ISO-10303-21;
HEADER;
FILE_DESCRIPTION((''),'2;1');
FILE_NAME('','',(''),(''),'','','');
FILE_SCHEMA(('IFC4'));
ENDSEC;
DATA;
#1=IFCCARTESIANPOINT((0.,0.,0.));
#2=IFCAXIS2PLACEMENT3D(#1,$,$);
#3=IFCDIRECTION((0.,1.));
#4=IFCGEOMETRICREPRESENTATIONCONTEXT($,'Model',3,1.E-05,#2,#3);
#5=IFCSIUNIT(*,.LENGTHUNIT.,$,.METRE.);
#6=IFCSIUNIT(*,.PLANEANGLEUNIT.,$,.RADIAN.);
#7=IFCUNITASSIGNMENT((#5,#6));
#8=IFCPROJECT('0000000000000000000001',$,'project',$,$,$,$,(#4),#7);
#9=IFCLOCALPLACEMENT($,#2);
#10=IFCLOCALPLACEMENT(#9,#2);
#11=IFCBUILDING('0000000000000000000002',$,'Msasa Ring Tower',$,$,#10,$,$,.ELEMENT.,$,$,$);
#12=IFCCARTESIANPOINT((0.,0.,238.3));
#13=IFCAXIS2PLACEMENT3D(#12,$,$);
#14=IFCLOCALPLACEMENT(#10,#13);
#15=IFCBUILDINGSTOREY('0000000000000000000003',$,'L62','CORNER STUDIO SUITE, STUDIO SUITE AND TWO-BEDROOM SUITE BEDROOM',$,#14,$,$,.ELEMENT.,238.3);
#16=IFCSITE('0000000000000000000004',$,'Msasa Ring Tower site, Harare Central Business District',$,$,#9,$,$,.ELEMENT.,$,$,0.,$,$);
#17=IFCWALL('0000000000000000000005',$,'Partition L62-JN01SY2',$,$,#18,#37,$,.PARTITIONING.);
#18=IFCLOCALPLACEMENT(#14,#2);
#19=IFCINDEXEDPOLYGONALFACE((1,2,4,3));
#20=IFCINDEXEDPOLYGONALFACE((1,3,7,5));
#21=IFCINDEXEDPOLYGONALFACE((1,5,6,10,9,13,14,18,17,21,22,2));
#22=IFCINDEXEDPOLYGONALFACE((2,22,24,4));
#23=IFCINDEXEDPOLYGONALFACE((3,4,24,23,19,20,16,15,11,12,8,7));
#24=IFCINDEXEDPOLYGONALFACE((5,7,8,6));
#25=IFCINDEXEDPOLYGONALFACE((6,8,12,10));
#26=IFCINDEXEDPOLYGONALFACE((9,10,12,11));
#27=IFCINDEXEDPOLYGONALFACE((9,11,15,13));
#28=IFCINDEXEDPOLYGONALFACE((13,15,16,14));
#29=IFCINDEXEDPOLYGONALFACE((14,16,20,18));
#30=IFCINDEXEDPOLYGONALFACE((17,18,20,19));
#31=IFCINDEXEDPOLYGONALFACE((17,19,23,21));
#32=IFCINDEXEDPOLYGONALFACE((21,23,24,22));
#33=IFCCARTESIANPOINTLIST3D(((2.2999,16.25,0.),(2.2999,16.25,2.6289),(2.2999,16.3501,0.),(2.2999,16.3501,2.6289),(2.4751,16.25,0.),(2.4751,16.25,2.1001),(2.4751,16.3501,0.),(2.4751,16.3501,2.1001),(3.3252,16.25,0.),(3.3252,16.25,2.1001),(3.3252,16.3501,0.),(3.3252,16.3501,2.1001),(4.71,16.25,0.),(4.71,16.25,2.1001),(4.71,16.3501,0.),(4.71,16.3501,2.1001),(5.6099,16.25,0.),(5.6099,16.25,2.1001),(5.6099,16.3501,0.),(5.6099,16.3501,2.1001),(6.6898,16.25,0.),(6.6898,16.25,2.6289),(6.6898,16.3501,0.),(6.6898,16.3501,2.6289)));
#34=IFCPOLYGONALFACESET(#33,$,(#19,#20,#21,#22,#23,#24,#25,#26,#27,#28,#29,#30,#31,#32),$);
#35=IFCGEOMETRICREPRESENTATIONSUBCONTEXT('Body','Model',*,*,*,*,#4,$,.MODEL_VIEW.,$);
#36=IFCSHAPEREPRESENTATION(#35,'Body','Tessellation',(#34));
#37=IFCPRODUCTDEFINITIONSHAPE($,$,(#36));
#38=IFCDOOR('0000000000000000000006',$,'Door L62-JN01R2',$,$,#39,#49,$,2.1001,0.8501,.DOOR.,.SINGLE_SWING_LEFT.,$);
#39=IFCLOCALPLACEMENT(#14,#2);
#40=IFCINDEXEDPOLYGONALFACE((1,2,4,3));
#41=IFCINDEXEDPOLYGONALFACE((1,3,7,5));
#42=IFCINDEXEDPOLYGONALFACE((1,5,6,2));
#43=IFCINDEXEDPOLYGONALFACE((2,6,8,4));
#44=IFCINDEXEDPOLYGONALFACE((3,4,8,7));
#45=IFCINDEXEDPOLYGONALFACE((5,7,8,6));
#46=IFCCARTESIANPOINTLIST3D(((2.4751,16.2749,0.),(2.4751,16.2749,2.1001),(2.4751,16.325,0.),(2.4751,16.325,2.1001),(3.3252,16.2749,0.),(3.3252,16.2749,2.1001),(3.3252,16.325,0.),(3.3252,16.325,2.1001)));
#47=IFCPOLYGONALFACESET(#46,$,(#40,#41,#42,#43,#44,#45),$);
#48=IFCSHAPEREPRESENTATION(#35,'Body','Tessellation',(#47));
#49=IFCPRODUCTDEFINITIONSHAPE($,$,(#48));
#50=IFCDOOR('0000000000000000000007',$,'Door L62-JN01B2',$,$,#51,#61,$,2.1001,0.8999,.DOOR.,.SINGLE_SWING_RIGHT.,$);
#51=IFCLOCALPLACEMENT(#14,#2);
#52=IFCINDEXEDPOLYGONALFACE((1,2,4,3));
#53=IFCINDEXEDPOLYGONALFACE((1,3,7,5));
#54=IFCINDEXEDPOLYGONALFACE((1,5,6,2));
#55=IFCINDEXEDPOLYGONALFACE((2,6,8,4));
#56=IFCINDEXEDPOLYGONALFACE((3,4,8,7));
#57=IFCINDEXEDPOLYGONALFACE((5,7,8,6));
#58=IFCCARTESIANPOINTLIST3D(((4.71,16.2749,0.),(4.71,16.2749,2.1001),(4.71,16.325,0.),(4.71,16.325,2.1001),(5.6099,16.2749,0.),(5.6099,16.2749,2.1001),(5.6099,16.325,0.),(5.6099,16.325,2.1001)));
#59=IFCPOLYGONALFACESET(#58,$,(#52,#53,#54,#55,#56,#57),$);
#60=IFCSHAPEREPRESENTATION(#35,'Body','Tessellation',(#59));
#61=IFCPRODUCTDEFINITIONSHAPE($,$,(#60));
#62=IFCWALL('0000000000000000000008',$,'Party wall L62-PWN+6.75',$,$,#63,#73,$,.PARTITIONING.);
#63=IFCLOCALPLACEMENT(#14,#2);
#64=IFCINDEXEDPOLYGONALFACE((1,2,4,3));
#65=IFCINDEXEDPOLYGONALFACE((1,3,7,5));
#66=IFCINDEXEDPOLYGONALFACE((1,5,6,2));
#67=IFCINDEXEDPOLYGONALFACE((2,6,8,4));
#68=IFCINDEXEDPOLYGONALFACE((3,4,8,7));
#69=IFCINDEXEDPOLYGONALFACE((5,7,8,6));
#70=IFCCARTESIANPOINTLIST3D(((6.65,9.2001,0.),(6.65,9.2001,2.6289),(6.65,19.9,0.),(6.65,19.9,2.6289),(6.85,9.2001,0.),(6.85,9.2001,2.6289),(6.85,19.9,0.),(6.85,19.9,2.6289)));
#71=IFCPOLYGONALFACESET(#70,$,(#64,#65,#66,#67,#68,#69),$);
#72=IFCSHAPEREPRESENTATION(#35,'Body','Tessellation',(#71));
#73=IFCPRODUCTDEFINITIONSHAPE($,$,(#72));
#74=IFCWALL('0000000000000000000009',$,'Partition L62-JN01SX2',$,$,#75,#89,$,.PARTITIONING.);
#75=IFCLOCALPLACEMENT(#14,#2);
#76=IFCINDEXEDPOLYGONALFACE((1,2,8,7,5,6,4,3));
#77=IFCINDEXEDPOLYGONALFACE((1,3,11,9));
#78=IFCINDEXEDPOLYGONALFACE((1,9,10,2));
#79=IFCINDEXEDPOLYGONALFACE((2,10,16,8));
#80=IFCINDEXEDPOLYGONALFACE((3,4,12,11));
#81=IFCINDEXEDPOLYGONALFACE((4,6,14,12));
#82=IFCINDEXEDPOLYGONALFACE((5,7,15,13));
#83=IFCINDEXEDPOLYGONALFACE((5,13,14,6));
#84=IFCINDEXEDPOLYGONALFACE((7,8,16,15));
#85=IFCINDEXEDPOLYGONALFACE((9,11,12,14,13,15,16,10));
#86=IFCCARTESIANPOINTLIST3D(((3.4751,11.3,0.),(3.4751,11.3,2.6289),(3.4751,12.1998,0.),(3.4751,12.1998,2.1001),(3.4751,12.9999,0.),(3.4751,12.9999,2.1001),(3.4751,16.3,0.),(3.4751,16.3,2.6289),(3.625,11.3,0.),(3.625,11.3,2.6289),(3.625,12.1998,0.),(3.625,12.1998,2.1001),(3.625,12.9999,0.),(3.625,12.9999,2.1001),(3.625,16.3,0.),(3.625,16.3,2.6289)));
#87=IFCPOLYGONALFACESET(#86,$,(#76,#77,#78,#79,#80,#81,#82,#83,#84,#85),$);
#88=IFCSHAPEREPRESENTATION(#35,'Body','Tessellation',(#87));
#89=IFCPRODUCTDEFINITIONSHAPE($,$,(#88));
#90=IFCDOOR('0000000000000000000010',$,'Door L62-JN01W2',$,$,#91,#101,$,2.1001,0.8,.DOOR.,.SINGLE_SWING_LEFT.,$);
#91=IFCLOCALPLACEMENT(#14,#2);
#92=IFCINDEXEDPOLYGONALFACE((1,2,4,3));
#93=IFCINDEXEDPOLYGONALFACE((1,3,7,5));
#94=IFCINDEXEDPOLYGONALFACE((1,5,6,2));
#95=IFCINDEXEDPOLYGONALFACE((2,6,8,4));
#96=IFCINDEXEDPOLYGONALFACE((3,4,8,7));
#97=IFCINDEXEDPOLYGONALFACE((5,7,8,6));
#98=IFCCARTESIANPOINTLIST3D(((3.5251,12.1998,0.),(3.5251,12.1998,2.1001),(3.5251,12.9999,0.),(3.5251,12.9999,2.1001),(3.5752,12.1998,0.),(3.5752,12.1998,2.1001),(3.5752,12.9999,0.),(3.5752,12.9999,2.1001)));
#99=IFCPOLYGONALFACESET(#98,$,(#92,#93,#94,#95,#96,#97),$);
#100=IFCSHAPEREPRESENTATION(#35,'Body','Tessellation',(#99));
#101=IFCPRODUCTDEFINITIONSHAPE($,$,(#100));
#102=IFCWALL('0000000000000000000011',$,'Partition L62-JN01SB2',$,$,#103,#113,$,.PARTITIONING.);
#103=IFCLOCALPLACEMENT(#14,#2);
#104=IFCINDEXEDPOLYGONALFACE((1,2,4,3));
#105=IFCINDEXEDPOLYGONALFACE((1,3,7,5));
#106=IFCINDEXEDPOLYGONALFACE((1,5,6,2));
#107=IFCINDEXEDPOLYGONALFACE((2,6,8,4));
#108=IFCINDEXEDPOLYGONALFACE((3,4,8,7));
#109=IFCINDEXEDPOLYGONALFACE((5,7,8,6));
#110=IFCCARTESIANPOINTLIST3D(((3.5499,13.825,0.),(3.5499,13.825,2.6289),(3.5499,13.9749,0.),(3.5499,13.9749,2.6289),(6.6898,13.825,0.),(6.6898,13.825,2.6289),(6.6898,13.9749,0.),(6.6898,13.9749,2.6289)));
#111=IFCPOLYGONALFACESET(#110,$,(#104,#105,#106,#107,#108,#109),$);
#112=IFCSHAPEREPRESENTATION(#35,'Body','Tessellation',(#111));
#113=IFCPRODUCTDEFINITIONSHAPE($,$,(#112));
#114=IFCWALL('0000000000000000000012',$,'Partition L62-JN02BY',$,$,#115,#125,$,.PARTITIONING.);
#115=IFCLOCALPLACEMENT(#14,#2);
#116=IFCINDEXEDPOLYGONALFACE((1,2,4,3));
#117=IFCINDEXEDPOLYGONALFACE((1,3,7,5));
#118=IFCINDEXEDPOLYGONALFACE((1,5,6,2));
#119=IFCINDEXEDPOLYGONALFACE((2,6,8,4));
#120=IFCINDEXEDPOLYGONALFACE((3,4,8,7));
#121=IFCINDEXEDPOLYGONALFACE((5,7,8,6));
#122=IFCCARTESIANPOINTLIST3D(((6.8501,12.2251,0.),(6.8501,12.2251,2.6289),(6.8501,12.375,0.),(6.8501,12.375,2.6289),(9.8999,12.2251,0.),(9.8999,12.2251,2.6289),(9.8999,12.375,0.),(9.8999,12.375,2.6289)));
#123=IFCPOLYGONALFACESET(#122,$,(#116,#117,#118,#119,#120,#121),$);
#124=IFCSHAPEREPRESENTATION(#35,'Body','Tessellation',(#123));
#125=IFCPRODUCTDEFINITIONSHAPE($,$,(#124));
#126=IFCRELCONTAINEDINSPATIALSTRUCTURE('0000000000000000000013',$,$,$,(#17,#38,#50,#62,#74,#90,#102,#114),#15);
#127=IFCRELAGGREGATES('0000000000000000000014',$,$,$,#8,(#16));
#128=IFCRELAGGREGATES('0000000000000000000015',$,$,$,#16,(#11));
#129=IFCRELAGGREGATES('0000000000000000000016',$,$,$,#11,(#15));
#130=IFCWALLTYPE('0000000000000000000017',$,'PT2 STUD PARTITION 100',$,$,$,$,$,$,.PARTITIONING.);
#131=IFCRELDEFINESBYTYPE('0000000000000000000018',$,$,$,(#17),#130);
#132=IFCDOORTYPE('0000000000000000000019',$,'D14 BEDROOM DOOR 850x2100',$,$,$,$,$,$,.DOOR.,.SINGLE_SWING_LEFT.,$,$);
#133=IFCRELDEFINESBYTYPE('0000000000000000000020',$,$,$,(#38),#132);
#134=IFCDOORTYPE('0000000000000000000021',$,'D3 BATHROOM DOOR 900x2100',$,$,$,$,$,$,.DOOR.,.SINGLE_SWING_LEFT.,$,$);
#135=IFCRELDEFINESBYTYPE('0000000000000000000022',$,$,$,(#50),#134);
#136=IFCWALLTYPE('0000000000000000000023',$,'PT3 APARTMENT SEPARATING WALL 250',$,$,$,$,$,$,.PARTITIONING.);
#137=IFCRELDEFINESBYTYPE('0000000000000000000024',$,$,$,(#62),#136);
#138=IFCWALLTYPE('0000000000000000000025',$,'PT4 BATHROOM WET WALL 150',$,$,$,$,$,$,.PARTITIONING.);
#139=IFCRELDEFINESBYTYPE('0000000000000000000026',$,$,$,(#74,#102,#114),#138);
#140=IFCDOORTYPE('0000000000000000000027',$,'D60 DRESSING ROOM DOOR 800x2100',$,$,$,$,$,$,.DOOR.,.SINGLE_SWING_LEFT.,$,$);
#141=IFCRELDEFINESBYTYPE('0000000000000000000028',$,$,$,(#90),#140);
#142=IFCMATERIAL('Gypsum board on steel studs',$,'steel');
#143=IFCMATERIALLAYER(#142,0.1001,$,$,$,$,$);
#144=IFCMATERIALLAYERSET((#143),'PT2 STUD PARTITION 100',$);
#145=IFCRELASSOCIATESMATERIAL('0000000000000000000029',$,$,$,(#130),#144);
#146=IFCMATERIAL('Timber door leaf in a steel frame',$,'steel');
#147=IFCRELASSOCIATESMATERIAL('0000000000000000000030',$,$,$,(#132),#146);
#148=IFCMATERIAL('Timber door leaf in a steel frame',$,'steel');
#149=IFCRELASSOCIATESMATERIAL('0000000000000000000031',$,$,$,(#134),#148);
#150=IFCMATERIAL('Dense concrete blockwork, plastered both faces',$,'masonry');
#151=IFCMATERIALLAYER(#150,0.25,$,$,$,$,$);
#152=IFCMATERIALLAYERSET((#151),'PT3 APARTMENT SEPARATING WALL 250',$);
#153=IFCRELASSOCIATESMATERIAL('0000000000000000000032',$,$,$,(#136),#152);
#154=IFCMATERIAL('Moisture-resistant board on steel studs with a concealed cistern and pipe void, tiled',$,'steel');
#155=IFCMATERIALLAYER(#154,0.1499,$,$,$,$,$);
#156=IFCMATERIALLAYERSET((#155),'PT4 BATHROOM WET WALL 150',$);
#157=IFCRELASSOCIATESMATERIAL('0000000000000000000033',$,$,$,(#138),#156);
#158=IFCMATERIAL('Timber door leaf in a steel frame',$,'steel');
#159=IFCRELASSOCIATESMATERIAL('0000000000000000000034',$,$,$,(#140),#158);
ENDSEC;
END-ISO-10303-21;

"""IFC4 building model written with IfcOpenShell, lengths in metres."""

from ifc_helpers import new_model, si_unit, direction, frame, frame_2d, origin, place, context, subcontext, project, spatial, rectangle, extrude, material, layer, layer_set, type_object, element, fill, save


model = new_model("IFC4")

# Units and contexts
model_context = context("Model", 3, precision=1e-05, world=origin(), true_north=direction((0.0, 1.0)))
body_context = subcontext(model_context, "Body", "Model", "MODEL_VIEW")
ifc_project = project(units=[si_unit("LENGTHUNIT", "METRE"), si_unit("PLANEANGLEUNIT", "RADIAN")], contexts=[model_context])

# Site, building, storey
site_placement = place(None, origin())
site = spatial("IfcSite", under=ifc_project, at=site_placement, Name="Msasa Ring Tower site, Harare Central Business District", CompositionType="ELEMENT", RefElevation=0.0)
building_placement = place(site_placement, origin())
building = spatial("IfcBuilding", under=site, at=building_placement, Name="Msasa Ring Tower", CompositionType="ELEMENT")
storey_placement = place(building_placement, frame((0.0, 0.0, 238.3)))
storey = spatial("IfcBuildingStorey", under=building, at=storey_placement, Name="L62", Description="CORNER STUDIO SUITE, STUDIO SUITE AND TWO-BEDROOM SUITE BEDROOM", CompositionType="ELEMENT", Elevation=238.3)

# Shared definitions
ifc_material_1 = material(Name="Gypsum board on steel studs", Category="steel")
ifc_layer_1 = layer(ifc_material_1, 0.1001)
ifc_layer_set_1 = layer_set([ifc_layer_1], Name="PT2 STUD PARTITION 100")
wall_type_1 = type_object("IfcWallType", Name="PT2 STUD PARTITION 100", PredefinedType="PARTITIONING", material=ifc_layer_set_1)

# Wall, openings, doors
wall_1_placement = place(storey_placement, frame((2.3, 16.3, 0.0), z_axis=(0.0, 0.0, 1.0), x_axis=(1.0, 0.0, 0.0)))
wall_1 = element("IfcWall", 1, at=wall_1_placement, inside=storey, type_object=wall_type_1, Name="Partition L62-JN01SY2", PredefinedType="PARTITIONING", context=body_context, shape_type="SweptSolid", body=[
    extrude(rectangle(XDim=4.3899, YDim=0.1001, at=frame_2d((2.1948, 0.0))), origin(), (0.0, 0.0, 1.0), 2.6289),
])
opening_1_placement = place(wall_1_placement, frame((0.175, 0.0, 0.0)))
opening_1 = element("IfcOpeningElement", 2, at=opening_1_placement, cuts=wall_1, PredefinedType="OPENING", context=body_context, shape_type="SweptSolid", body=[
    extrude(rectangle(XDim=0.8501, YDim=2.1001, at=frame_2d((0.425, 1.05))), frame((0.0, 0.0601, 0.0), z_axis=(0.0, -1.0, 0.0), x_axis=(1.0, 0.0, 0.0)), (0.0, 0.0, 1.0), 0.1201),
])
opening_2_placement = place(wall_1_placement, frame((2.4099, 0.0, 0.0)))
opening_2 = element("IfcOpeningElement", 3, at=opening_2_placement, cuts=wall_1, PredefinedType="OPENING", context=body_context, shape_type="SweptSolid", body=[
    extrude(rectangle(XDim=0.8999, YDim=2.1001, at=frame_2d((0.45, 1.05))), frame((0.0, 0.0601, 0.0), z_axis=(0.0, -1.0, 0.0), x_axis=(1.0, 0.0, 0.0)), (0.0, 0.0, 1.0), 0.1201),
])
ifc_material_2 = material(Name="Timber door leaf in a steel frame", Category="steel")
door_type_1 = type_object("IfcDoorType", Name="D14 BEDROOM DOOR 850x2100", OperationType="SINGLE_SWING_LEFT", PredefinedType="DOOR", material=ifc_material_2)
door_1_placement = place(opening_1_placement, origin())
door_1 = element("IfcDoor", 4, at=door_1_placement, inside=storey, type_object=door_type_1, Name="Door L62-JN01R2", OperationType="SINGLE_SWING_LEFT", OverallHeight=2.1001, OverallWidth=0.8501, PredefinedType="DOOR", context=body_context, shape_type="SweptSolid", body=[
    extrude(rectangle(XDim=0.8501, YDim=2.1001, at=frame_2d((0.425, 1.05))), frame((0.0, 0.0249, 0.0), z_axis=(0.0, -1.0, 0.0), x_axis=(1.0, 0.0, 0.0)), (0.0, 0.0, 1.0), 0.05),
])
fill(opening_1, door_1)
ifc_material_3 = material(Name="Timber door leaf in a steel frame", Category="steel")
door_type_2 = type_object("IfcDoorType", Name="D3 BATHROOM DOOR 900x2100", OperationType="SINGLE_SWING_LEFT", PredefinedType="DOOR", material=ifc_material_3)
door_2_placement = place(opening_2_placement, origin())
door_2 = element("IfcDoor", 5, at=door_2_placement, inside=storey, type_object=door_type_2, Name="Door L62-JN01B2", OperationType="SINGLE_SWING_RIGHT", OverallHeight=2.1001, OverallWidth=0.8999, PredefinedType="DOOR", context=body_context, shape_type="SweptSolid", body=[
    extrude(rectangle(XDim=0.8999, YDim=2.1001, at=frame_2d((0.45, 1.05))), frame((0.0, 0.0249, 0.0), z_axis=(0.0, -1.0, 0.0), x_axis=(1.0, 0.0, 0.0)), (0.0, 0.0, 1.0), 0.05),
])
fill(opening_2, door_2)

# Wall
ifc_material_4 = material(Name="Dense concrete blockwork, plastered both faces", Category="masonry")
ifc_layer_2 = layer(ifc_material_4, 0.25)
ifc_layer_set_2 = layer_set([ifc_layer_2], Name="PT3 APARTMENT SEPARATING WALL 250")
wall_type_2 = type_object("IfcWallType", Name="PT3 APARTMENT SEPARATING WALL 250", PredefinedType="PARTITIONING", material=ifc_layer_set_2)
wall_2_placement = place(storey_placement, frame((6.75, 9.2, 0.0), z_axis=(0.0, 0.0, 1.0), x_axis=(0.0, 1.0, 0.0)))
element("IfcWall", 6, at=wall_2_placement, inside=storey, type_object=wall_type_2, Name="Party wall L62-PWN+6.75", PredefinedType="PARTITIONING", context=body_context, shape_type="SweptSolid", body=[
    extrude(rectangle(XDim=10.7, YDim=0.2, at=frame_2d((5.3501, 0.0))), origin(), (0.0, 0.0, 1.0), 2.6289),
])

# Wall, opening, door
ifc_material_5 = material(Name="Moisture-resistant board on steel studs with a concealed cistern and pipe void, tiled", Category="steel")
ifc_layer_3 = layer(ifc_material_5, 0.1499)
ifc_layer_set_3 = layer_set([ifc_layer_3], Name="PT4 BATHROOM WET WALL 150")
wall_type_3 = type_object("IfcWallType", Name="PT4 BATHROOM WET WALL 150", PredefinedType="PARTITIONING", material=ifc_layer_set_3)
wall_3_placement = place(storey_placement, frame((3.55, 11.3, 0.0), z_axis=(0.0, 0.0, 1.0), x_axis=(0.0, 1.0, 0.0)))
wall_3 = element("IfcWall", 7, at=wall_3_placement, inside=storey, type_object=wall_type_3, Name="Partition L62-JN01SX2", PredefinedType="PARTITIONING", context=body_context, shape_type="SweptSolid", body=[
    extrude(rectangle(XDim=5.0, YDim=0.1499, at=frame_2d((2.5, 0.0))), origin(), (0.0, 0.0, 1.0), 2.6289),
])
opening_3_placement = place(wall_3_placement, frame((0.8999, 0.0, 0.0)))
opening_3 = element("IfcOpeningElement", 8, at=opening_3_placement, cuts=wall_3, PredefinedType="OPENING", context=body_context, shape_type="SweptSolid", body=[
    extrude(rectangle(XDim=0.8, YDim=2.1001, at=frame_2d((0.3999, 1.05))), frame((0.0, 0.085, 0.0), z_axis=(0.0, -1.0, 0.0), x_axis=(1.0, 0.0, 0.0)), (0.0, 0.0, 1.0), 0.1699),
])
ifc_material_6 = material(Name="Timber door leaf in a steel frame", Category="steel")
door_type_3 = type_object("IfcDoorType", Name="D60 DRESSING ROOM DOOR 800x2100", OperationType="SINGLE_SWING_LEFT", PredefinedType="DOOR", material=ifc_material_6)
door_3_placement = place(opening_3_placement, origin())
door_3 = element("IfcDoor", 9, at=door_3_placement, inside=storey, type_object=door_type_3, Name="Door L62-JN01W2", OperationType="SINGLE_SWING_LEFT", OverallHeight=2.1001, OverallWidth=0.8, PredefinedType="DOOR", context=body_context, shape_type="SweptSolid", body=[
    extrude(rectangle(XDim=0.8, YDim=2.1001, at=frame_2d((0.3999, 1.05))), frame((0.0, 0.0249, 0.0), z_axis=(0.0, -1.0, 0.0), x_axis=(1.0, 0.0, 0.0)), (0.0, 0.0, 1.0), 0.05),
])
fill(opening_3, door_3)

# Walls
wall_4_placement = place(storey_placement, frame((3.55, 13.8999, 0.0), z_axis=(0.0, 0.0, 1.0), x_axis=(1.0, 0.0, 0.0)))
element("IfcWall", 10, at=wall_4_placement, inside=storey, type_object=wall_type_3, Name="Partition L62-JN01SB2", PredefinedType="PARTITIONING", context=body_context, shape_type="SweptSolid", body=[
    extrude(rectangle(XDim=3.1399, YDim=0.1499, at=frame_2d((1.5698, 0.0))), origin(), (0.0, 0.0, 1.0), 2.6289),
])
wall_5_placement = place(storey_placement, frame((6.8501, 12.3, 0.0), z_axis=(0.0, 0.0, 1.0), x_axis=(1.0, 0.0, 0.0)))
element("IfcWall", 11, at=wall_5_placement, inside=storey, type_object=wall_type_3, Name="Partition L62-JN02BY", PredefinedType="PARTITIONING", context=body_context, shape_type="SweptSolid", body=[
    extrude(rectangle(XDim=3.0498, YDim=0.1499, at=frame_2d((1.5249, 0.0))), origin(), (0.0, 0.0, 1.0), 2.6289),
])

save(model, "model.ifc")
